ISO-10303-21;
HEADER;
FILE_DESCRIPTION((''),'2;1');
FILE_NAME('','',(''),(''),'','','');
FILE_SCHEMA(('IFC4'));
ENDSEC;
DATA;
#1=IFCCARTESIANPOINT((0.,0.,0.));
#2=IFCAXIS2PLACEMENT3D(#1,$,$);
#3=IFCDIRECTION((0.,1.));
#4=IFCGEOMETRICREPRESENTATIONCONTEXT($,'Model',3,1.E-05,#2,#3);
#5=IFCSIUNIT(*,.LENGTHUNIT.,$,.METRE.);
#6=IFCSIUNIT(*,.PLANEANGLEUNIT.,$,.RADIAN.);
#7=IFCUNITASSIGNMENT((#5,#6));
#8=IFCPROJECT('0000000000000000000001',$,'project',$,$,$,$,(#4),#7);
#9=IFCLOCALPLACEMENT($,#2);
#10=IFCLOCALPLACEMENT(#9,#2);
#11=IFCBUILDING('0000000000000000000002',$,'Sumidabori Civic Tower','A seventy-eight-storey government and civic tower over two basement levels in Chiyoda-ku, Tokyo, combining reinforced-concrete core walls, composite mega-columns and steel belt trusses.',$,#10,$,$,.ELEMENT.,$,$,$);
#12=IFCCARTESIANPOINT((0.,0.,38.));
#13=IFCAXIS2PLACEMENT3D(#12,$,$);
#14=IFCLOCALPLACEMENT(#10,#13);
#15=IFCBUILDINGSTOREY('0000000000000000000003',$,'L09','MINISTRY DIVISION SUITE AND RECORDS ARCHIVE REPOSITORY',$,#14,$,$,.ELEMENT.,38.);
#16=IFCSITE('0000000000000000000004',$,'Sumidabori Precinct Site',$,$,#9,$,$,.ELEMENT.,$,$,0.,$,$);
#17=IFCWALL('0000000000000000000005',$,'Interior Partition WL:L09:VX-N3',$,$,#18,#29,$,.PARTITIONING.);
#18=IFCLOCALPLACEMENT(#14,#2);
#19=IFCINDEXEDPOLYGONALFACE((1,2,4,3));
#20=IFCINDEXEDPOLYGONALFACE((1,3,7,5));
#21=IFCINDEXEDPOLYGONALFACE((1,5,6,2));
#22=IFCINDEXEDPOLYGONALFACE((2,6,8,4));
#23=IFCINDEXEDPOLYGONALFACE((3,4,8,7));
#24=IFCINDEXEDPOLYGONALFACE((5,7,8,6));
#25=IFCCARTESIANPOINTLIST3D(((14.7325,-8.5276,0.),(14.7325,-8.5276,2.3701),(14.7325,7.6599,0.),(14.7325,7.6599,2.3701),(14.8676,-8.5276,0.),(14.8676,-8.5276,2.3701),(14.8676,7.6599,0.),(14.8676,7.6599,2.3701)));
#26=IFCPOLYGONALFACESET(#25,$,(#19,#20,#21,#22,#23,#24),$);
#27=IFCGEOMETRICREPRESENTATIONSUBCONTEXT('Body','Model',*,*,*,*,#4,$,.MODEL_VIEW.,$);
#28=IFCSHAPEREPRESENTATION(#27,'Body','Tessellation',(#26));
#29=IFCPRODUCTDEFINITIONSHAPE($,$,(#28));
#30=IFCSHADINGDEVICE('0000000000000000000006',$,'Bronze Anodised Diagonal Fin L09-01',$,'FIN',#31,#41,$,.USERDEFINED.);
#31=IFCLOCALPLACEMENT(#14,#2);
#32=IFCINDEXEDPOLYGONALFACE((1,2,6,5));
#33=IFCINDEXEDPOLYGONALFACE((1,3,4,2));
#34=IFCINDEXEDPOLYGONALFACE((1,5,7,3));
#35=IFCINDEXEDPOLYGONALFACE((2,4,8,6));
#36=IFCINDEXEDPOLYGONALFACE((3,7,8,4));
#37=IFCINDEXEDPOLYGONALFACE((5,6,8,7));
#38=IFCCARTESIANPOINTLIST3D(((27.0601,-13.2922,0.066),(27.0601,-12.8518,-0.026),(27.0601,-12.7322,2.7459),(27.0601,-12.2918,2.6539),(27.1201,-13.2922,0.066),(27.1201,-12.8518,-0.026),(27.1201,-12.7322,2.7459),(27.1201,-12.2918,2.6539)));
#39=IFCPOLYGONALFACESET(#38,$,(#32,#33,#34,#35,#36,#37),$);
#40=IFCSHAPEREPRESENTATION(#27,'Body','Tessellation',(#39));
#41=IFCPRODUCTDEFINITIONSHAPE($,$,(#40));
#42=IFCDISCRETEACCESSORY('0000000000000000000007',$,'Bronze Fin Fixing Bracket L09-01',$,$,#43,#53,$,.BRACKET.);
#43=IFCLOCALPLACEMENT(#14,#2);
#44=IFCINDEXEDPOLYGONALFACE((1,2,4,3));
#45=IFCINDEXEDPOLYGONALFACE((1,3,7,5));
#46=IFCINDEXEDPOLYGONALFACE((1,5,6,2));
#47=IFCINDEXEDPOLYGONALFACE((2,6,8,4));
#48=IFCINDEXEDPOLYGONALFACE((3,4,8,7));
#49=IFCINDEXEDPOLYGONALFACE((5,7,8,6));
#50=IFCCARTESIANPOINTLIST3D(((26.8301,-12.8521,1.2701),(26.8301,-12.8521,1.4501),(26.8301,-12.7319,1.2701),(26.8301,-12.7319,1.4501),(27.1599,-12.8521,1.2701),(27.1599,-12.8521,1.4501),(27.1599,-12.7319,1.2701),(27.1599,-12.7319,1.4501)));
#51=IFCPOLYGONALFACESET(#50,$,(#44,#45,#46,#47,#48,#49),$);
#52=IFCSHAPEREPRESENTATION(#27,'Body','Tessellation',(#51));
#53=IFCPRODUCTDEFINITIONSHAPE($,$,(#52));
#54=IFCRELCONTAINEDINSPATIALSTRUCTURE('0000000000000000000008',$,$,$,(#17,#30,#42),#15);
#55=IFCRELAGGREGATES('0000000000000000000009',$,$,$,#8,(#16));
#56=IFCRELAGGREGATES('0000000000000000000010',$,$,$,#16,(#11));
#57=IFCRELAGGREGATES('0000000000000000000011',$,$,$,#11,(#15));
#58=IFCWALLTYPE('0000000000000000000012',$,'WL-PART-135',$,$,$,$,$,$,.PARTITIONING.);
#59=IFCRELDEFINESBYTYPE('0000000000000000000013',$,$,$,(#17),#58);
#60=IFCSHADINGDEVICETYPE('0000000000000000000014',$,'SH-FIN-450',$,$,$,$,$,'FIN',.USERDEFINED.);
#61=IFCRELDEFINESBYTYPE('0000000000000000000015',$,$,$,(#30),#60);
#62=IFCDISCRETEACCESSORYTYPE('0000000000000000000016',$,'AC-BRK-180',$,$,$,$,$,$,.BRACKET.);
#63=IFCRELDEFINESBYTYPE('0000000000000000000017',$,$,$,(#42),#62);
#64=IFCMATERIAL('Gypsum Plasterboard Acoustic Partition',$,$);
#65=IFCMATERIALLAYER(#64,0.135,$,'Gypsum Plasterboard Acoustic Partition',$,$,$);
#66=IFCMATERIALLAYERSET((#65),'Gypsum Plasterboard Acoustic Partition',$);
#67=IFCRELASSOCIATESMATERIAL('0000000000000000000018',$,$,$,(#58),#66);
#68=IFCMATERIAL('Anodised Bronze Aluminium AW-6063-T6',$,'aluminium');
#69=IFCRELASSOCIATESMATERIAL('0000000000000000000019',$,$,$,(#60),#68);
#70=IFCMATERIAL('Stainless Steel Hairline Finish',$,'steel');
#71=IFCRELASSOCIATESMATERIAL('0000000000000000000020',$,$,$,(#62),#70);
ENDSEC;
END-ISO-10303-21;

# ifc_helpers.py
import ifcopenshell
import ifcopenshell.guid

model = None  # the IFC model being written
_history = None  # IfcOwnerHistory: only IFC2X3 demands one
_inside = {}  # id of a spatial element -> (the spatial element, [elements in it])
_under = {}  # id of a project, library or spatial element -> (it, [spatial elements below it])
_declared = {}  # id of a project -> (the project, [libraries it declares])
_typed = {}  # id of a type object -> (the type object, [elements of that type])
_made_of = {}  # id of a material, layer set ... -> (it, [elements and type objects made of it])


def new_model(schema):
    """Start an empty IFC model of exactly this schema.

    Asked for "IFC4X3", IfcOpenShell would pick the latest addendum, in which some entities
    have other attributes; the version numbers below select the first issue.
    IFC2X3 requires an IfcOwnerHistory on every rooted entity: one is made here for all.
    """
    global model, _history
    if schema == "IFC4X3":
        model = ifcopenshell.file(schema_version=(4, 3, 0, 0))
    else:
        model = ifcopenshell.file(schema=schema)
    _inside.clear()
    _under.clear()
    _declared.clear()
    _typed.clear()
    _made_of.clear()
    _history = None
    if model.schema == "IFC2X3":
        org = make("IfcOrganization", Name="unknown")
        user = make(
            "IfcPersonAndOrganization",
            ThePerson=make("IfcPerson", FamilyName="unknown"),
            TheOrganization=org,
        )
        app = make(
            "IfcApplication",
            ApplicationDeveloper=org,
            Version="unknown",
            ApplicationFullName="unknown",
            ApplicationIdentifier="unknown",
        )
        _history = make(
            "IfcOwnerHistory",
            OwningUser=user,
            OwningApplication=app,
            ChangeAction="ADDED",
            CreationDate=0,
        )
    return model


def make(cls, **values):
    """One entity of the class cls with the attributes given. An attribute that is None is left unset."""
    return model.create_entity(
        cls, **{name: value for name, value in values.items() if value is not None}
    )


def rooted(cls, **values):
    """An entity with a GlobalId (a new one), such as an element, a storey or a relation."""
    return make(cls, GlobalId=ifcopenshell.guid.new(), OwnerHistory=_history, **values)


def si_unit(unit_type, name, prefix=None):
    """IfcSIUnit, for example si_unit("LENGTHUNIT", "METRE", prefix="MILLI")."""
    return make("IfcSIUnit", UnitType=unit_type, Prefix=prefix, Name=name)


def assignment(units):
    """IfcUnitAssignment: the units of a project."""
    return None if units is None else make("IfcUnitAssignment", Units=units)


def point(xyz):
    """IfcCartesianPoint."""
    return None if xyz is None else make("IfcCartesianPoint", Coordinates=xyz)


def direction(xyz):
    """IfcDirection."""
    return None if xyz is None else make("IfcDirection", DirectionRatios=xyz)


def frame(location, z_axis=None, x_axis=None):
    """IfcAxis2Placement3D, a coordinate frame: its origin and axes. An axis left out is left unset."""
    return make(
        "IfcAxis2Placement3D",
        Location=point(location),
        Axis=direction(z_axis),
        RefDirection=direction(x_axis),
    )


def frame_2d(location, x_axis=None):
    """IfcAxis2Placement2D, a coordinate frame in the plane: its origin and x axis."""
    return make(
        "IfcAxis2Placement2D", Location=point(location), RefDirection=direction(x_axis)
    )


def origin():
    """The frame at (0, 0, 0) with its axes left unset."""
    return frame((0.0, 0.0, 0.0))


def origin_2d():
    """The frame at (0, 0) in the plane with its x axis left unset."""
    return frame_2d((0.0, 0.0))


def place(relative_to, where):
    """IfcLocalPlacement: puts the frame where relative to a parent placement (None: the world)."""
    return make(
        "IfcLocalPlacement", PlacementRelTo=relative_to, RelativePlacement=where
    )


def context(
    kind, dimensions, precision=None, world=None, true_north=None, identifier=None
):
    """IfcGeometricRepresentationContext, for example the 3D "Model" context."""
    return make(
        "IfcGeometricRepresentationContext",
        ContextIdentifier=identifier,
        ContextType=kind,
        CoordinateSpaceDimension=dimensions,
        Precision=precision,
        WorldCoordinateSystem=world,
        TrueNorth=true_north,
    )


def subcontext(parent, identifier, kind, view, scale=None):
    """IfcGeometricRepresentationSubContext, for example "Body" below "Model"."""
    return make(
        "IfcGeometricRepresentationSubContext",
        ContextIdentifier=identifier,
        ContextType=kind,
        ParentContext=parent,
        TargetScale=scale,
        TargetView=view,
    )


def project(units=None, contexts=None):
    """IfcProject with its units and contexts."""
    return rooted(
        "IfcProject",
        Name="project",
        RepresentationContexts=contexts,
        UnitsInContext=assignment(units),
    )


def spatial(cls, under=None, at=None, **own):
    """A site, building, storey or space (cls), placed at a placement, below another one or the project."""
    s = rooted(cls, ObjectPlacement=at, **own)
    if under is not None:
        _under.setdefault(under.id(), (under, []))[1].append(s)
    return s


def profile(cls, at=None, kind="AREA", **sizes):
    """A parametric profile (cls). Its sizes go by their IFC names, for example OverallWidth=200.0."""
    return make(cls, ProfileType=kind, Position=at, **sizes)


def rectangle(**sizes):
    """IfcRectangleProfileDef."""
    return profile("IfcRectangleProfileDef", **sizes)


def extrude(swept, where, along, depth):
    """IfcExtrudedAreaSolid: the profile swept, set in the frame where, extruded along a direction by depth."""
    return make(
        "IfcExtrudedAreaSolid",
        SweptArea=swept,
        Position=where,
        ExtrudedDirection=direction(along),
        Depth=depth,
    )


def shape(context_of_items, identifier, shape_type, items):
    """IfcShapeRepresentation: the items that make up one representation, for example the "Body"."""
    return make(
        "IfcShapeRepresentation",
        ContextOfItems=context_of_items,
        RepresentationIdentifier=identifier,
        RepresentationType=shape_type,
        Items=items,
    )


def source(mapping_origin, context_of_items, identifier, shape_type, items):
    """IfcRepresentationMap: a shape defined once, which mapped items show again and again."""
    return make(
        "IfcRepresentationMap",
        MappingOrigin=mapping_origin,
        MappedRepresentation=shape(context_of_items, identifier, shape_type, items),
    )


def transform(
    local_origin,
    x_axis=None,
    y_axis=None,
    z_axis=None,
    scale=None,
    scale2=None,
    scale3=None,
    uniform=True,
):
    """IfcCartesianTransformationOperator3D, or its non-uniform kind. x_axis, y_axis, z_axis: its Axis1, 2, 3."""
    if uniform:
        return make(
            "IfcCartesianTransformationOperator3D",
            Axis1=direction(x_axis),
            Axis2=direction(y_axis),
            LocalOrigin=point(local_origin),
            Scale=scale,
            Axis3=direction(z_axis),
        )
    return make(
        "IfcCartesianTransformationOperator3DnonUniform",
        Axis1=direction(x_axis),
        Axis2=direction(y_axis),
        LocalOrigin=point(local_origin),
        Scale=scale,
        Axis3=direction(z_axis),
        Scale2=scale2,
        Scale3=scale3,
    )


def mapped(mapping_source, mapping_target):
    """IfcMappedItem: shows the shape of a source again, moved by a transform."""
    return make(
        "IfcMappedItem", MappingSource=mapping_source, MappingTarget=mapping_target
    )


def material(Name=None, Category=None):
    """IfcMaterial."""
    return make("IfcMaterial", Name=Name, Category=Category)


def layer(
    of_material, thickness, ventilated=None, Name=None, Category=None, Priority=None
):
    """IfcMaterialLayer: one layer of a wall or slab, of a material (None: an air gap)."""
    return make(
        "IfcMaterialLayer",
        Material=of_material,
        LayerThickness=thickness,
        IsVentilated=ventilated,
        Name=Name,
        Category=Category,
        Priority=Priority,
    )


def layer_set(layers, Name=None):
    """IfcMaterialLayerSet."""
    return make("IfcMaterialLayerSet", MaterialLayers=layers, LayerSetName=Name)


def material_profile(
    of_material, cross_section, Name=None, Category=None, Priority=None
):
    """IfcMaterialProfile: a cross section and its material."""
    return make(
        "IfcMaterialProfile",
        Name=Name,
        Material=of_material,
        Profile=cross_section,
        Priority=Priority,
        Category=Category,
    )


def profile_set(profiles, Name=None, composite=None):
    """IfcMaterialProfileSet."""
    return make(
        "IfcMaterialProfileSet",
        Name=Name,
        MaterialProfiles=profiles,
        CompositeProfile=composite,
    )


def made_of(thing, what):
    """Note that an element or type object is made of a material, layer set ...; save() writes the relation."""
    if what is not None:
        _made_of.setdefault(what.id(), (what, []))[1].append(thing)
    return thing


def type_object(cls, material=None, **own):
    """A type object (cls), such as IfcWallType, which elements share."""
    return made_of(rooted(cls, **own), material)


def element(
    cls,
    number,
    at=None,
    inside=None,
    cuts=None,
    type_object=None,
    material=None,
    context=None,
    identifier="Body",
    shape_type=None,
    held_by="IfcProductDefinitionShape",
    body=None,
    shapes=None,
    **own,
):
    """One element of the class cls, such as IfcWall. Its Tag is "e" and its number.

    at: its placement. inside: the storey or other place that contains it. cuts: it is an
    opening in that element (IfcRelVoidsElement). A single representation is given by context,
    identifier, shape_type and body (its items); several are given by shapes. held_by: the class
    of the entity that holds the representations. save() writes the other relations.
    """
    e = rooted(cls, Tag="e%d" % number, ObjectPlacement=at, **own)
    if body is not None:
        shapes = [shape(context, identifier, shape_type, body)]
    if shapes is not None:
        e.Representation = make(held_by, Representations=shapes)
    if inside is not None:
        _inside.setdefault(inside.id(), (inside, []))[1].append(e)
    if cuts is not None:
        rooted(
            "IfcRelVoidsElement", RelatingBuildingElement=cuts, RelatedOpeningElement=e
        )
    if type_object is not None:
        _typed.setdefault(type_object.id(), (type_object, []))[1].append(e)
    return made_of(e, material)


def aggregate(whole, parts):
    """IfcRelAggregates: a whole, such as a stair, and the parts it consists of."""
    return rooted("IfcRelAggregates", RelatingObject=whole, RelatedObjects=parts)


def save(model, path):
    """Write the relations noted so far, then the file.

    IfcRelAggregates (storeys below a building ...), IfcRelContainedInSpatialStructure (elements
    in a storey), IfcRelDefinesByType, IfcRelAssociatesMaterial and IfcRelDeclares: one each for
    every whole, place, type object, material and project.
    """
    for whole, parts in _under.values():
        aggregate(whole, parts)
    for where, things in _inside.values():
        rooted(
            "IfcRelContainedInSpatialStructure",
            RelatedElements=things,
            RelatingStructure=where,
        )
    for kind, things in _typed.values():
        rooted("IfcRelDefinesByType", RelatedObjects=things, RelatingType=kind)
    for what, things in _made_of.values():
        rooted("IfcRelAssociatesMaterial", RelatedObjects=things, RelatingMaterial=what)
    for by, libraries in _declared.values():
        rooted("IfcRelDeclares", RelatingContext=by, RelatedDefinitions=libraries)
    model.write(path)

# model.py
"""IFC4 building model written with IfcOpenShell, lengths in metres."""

from ifc_helpers import new_model, si_unit, direction, frame, frame_2d, origin, origin_2d, place, context, subcontext, project, spatial, rectangle, extrude, source, transform, mapped, material, layer, layer_set, material_profile, profile_set, type_object, element, save


model = new_model("IFC4")

# Units and contexts
model_context = context("Model", 3, precision=1e-05, world=origin(), true_north=direction((0.0, 1.0)))
body_context = subcontext(model_context, "Body", "Model", "MODEL_VIEW")
ifc_project = project(units=[si_unit("LENGTHUNIT", "METRE"), si_unit("PLANEANGLEUNIT", "RADIAN")], contexts=[model_context])

# Site, building, storey
site_placement = place(None, origin())
site = spatial("IfcSite", under=ifc_project, at=site_placement, Name="Sumidabori Precinct Site", CompositionType="ELEMENT", RefElevation=0.0)
building_placement = place(site_placement, origin())
building = spatial("IfcBuilding", under=site, at=building_placement, Name="Sumidabori Civic Tower", Description="A seventy-eight-storey government and civic tower over two basement levels in Chiyoda-ku, Tokyo, combining reinforced-concrete core walls, composite mega-columns and steel belt trusses.", CompositionType="ELEMENT")
storey_placement = place(building_placement, frame((0.0, 0.0, 38.0)))
storey = spatial("IfcBuildingStorey", under=building, at=storey_placement, Name="L09", Description="MINISTRY DIVISION SUITE AND RECORDS ARCHIVE REPOSITORY", CompositionType="ELEMENT", Elevation=38.0)

# Shared definitions
ifc_material_1 = material(Name="Anodised Bronze Aluminium AW-6063-T6", Category="aluminium")

# Shared definitions
ifc_material_2 = material(Name="Gypsum Plasterboard Acoustic Partition")
ifc_layer_1 = layer(ifc_material_2, 0.135, Name="Gypsum Plasterboard Acoustic Partition")
ifc_layer_set_1 = layer_set([ifc_layer_1], Name="Gypsum Plasterboard Acoustic Partition")
wall_type = type_object("IfcWallType", Name="WL-PART-135", PredefinedType="PARTITIONING", material=ifc_layer_set_1)

# Wall
shared_shape_1 = source(origin(), body_context, "Body", "SweptSolid", [
    extrude(rectangle(XDim=16.1875, YDim=0.135, at=frame_2d((8.0938, 0.0))), origin(), (0.0, 0.0, 1.0), 2.3701),
])
wall_1_placement = place(storey_placement, frame((14.8, -8.5276, 0.0), z_axis=(0.0, 0.0, 1.0), x_axis=(0.0, 1.0, 0.0)))
element("IfcWall", 1, at=wall_1_placement, inside=storey, type_object=wall_type, Name="Interior Partition WL:L09:VX-N3", PredefinedType="PARTITIONING", context=body_context, shape_type="MappedRepresentation", body=[
    mapped(shared_shape_1, transform((0.0, 0.0, 0.0), x_axis=(1.0, 0.0, 0.0), y_axis=(0.0, 1.0, 0.0), z_axis=(0.0, 0.0, 1.0), scale=1.0)),
])

# Shading device
ifc_material_profile_1 = material_profile(ifc_material_1, rectangle(XDim=0.0601, YDim=0.45, at=origin_2d()), Name="BRONZE FIN 450x60")
ifc_profile_set_1 = profile_set([ifc_material_profile_1], Name="Anodised Bronze Aluminium AW-6063-T6")
shading_device_type = type_object("IfcShadingDeviceType", Name="SH-FIN-450", ElementType="FIN", PredefinedType="USERDEFINED", material=ifc_profile_set_1)
shared_shape_2 = source(origin(), body_context, "Body", "SweptSolid", [
    extrude(rectangle(XDim=0.0601, YDim=0.45, at=origin_2d()), origin(), (0.0, 0.0, 1.0), 2.7378),
])
shading_device_placement = place(storey_placement, frame((27.0901, -13.072, 0.02), z_axis=(0.0, 0.204563, 0.978853), x_axis=(-1.0, 0.0, 0.0)))
element("IfcShadingDevice", 2, at=shading_device_placement, inside=storey, type_object=shading_device_type, Name="Bronze Anodised Diagonal Fin L09-01", ObjectType="FIN", PredefinedType="USERDEFINED", context=body_context, shape_type="MappedRepresentation", body=[
    mapped(shared_shape_2, transform((0.0, 0.0, 0.0), x_axis=(1.0, 0.0, 0.0), y_axis=(0.0, 1.0, 0.0), z_axis=(0.0, 0.0, 1.0), scale=1.0)),
])

# Discrete accessory
ifc_material_3 = material(Name="Stainless Steel Hairline Finish", Category="steel")
ifc_material_profile_2 = material_profile(ifc_material_3, rectangle(XDim=0.1201, YDim=0.1799, at=origin_2d()), Name="STEEL BRACKET 180x120")
ifc_profile_set_2 = profile_set([ifc_material_profile_2], Name="Stainless Steel Hairline Finish")
discrete_accessory_type = type_object("IfcDiscreteAccessoryType", Name="AC-BRK-180", PredefinedType="BRACKET", material=ifc_profile_set_2)
shared_shape_3 = source(origin(), body_context, "Body", "SweptSolid", [
    extrude(rectangle(XDim=0.1201, YDim=0.1799, at=origin_2d()), origin(), (0.0, 0.0, 1.0), 0.3298),
])
discrete_accessory_placement = place(storey_placement, frame((26.8301, -12.792, 1.3601), z_axis=(1.0, 0.0, 0.0), x_axis=(0.0, 1.0, 0.0)))
element("IfcDiscreteAccessory", 3, at=discrete_accessory_placement, inside=storey, type_object=discrete_accessory_type, Name="Bronze Fin Fixing Bracket L09-01", PredefinedType="BRACKET", context=body_context, shape_type="MappedRepresentation", body=[
    mapped(shared_shape_3, transform((0.0, 0.0, 0.0), x_axis=(1.0, 0.0, 0.0), y_axis=(0.0, 1.0, 0.0), z_axis=(0.0, 0.0, 1.0), scale=1.0)),
])

save(model, "model.ifc")
